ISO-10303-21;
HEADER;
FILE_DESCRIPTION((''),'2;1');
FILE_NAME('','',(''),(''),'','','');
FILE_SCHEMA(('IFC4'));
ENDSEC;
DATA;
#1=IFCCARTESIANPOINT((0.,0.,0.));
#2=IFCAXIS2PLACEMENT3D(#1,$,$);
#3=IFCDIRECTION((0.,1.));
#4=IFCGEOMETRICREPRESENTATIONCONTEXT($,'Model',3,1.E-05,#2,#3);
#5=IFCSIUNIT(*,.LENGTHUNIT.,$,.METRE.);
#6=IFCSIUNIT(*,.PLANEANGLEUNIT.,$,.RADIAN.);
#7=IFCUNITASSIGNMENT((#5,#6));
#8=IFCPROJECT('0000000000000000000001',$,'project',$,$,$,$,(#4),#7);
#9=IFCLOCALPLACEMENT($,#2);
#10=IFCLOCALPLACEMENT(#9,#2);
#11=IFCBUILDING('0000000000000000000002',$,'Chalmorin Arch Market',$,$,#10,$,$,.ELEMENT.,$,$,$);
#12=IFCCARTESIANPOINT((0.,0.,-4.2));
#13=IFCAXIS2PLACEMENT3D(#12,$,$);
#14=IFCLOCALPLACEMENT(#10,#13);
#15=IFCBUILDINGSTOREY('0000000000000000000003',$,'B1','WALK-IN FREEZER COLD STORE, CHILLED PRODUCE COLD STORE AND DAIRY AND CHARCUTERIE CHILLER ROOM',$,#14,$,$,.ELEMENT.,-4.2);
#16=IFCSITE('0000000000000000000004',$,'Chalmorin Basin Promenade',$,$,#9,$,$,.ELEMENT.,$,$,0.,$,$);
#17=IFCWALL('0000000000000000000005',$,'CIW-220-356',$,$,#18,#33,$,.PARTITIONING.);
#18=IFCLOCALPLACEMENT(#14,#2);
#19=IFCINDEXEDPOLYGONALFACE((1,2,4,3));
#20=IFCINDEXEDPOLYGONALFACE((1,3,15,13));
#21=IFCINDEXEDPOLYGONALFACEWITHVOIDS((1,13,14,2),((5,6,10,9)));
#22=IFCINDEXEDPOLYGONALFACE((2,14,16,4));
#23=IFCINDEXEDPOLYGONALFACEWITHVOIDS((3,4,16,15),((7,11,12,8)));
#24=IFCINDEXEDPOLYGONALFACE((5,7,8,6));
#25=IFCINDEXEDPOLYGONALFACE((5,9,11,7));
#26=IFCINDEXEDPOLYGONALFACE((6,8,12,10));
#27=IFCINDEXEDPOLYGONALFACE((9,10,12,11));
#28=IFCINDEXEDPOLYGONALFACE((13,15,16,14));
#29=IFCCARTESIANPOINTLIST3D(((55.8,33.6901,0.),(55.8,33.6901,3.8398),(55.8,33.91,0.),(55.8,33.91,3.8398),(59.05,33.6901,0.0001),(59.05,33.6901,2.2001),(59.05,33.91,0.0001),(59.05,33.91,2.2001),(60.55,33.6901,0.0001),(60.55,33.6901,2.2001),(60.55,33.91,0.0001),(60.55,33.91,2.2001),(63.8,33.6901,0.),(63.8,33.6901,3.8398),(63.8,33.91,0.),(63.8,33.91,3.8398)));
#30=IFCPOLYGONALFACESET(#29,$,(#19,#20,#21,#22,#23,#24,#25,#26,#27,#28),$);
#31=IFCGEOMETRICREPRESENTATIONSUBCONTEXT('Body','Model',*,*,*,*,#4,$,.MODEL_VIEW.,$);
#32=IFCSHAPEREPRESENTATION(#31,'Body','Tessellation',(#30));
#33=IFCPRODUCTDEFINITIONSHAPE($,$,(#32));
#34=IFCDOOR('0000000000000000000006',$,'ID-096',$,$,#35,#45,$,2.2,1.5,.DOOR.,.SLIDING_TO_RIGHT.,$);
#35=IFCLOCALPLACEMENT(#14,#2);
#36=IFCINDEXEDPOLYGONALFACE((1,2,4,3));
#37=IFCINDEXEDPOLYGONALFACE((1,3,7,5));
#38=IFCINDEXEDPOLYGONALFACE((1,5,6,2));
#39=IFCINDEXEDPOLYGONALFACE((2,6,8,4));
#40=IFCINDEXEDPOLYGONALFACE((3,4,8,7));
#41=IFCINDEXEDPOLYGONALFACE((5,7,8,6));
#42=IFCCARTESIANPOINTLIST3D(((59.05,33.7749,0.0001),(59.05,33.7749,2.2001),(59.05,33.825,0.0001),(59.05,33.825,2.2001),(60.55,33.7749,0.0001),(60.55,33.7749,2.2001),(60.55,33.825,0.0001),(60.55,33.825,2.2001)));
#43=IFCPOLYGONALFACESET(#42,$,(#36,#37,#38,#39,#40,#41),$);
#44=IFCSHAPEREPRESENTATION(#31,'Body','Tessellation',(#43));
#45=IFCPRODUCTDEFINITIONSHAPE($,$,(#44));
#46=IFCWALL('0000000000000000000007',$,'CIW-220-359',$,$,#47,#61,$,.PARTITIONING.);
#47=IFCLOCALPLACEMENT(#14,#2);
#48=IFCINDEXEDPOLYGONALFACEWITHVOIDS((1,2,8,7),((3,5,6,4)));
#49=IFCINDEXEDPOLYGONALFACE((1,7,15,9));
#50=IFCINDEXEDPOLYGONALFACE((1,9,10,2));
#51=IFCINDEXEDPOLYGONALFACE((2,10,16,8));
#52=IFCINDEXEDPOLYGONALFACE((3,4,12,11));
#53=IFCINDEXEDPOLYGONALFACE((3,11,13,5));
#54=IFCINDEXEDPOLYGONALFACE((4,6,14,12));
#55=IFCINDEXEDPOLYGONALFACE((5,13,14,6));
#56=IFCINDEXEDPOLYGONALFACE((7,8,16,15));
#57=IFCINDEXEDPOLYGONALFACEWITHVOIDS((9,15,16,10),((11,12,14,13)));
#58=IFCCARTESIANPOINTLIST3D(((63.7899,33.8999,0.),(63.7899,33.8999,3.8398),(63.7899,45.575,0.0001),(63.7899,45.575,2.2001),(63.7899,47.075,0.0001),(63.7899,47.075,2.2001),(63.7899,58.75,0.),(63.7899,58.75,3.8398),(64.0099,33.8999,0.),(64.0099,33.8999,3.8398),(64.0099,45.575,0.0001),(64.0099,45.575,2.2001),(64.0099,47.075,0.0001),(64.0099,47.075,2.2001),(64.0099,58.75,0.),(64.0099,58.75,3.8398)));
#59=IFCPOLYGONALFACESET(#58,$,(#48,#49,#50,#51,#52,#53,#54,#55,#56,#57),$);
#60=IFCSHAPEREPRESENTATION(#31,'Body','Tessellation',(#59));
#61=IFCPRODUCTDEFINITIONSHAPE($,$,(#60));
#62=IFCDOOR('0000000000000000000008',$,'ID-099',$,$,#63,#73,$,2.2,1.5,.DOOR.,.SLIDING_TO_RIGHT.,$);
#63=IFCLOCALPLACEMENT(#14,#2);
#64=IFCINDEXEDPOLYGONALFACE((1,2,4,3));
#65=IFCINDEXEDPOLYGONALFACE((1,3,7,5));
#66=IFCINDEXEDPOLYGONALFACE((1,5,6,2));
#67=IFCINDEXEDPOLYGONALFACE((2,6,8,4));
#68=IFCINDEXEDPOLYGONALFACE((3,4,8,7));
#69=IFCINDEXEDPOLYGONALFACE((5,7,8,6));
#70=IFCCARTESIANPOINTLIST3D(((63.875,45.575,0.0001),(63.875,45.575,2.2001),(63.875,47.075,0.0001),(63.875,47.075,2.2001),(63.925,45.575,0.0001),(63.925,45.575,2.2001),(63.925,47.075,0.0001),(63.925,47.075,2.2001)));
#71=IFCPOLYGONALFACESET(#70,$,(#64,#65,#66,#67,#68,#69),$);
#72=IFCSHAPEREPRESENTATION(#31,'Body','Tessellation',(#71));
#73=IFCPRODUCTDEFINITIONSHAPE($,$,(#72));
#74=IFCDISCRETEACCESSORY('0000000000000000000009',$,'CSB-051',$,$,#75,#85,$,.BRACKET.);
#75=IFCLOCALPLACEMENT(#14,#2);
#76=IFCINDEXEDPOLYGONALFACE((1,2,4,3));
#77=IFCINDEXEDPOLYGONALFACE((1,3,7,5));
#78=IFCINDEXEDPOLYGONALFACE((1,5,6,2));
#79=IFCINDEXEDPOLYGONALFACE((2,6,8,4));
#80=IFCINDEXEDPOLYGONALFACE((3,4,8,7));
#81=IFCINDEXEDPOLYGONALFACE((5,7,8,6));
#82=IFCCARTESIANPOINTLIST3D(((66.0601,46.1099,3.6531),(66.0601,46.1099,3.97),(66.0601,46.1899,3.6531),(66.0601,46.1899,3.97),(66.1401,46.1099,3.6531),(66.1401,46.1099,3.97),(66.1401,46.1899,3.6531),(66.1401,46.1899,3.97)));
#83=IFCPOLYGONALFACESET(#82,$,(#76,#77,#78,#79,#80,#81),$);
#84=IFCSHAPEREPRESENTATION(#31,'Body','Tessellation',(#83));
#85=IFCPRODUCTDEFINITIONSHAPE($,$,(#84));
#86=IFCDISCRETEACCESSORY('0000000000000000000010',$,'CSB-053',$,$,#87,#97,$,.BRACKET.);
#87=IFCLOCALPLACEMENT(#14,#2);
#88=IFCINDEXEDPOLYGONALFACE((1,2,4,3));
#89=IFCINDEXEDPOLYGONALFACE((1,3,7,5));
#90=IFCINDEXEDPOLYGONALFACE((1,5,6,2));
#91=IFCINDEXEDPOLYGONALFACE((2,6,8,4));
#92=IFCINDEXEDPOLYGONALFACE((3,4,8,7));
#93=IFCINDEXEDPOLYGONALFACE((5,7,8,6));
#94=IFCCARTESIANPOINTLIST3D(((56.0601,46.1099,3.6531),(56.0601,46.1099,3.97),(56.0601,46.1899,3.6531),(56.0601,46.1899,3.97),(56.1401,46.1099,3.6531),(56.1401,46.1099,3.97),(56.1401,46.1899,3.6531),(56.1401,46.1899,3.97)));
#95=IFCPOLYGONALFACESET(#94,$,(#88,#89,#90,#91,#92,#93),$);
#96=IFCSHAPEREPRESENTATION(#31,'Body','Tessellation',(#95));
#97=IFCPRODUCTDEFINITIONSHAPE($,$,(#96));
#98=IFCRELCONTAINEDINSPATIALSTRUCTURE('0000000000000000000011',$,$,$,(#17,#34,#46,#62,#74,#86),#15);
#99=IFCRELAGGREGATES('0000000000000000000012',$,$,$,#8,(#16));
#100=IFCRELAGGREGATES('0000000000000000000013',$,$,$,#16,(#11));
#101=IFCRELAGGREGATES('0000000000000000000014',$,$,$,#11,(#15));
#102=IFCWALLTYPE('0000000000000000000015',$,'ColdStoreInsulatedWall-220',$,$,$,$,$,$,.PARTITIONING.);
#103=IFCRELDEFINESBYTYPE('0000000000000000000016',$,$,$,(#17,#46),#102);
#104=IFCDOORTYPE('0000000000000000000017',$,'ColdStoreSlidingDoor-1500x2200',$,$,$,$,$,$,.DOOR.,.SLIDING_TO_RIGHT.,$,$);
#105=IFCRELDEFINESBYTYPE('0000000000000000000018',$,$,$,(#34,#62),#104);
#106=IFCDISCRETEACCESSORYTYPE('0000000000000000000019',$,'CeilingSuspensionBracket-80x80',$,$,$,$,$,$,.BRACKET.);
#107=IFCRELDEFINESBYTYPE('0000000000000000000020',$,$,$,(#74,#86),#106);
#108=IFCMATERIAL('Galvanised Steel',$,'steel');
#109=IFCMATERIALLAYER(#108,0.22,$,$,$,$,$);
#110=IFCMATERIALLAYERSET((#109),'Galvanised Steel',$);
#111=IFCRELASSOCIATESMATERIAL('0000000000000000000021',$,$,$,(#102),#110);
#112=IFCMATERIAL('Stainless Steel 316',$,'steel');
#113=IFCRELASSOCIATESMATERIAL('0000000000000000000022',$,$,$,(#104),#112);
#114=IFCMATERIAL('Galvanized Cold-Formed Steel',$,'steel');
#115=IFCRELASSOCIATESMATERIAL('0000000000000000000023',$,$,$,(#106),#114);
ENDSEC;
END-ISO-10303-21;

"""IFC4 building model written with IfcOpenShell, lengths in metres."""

from ifc_helpers import new_model, si_unit, direction, frame, frame_2d, origin, origin_2d, place, context, subcontext, project, spatial, rectangle, extrude, material, layer, layer_set, type_object, element, fill, save


model = new_model("IFC4")

# Units and contexts
model_context = context("Model", 3, precision=1e-05, world=origin(), true_north=direction((0.0, 1.0)))
body_context = subcontext(model_context, "Body", "Model", "MODEL_VIEW")
ifc_project = project(units=[si_unit("LENGTHUNIT", "METRE"), si_unit("PLANEANGLEUNIT", "RADIAN")], contexts=[model_context])

# Site, building, storey
site_placement = place(None, origin())
site = spatial("IfcSite", under=ifc_project, at=site_placement, Name="Chalmorin Basin Promenade", CompositionType="ELEMENT", RefElevation=0.0)
building_placement = place(site_placement, origin())
building = spatial("IfcBuilding", under=site, at=building_placement, Name="Chalmorin Arch Market", CompositionType="ELEMENT")
storey_placement = place(building_placement, frame((0.0, 0.0, -4.2)))
storey = spatial("IfcBuildingStorey", under=building, at=storey_placement, Name="B1", Description="WALK-IN FREEZER COLD STORE, CHILLED PRODUCE COLD STORE AND DAIRY AND CHARCUTERIE CHILLER ROOM", CompositionType="ELEMENT", Elevation=-4.2)

# Walls, openings, doors
ifc_material_1 = material(Name="Galvanised Steel", Category="steel")
ifc_layer_1 = layer(ifc_material_1, 0.22)
ifc_layer_set_1 = layer_set([ifc_layer_1], Name="Galvanised Steel")
wall_type_1 = type_object("IfcWallType", Name="ColdStoreInsulatedWall-220", PredefinedType="PARTITIONING", material=ifc_layer_set_1)
wall_1_placement = place(storey_placement, frame((55.8, 33.8, 0.0), z_axis=(0.0, 0.0, 1.0), x_axis=(1.0, 0.0, 0.0)))
wall_1 = element("IfcWall", 1, at=wall_1_placement, inside=storey, type_object=wall_type_1, Name="CIW-220-356", PredefinedType="PARTITIONING", context=body_context, shape_type="SweptSolid", body=[
    extrude(rectangle(XDim=8.0, YDim=0.22, at=frame_2d((4.0, 0.0))), origin(), (0.0, 0.0, 1.0), 3.8398),
])
opening_1_placement = place(wall_1_placement, frame((3.25, 0.0, 0.0)))
opening_1 = element("IfcOpeningElement", 2, at=opening_1_placement, cuts=wall_1, PredefinedType="OPENING", context=body_context, shape_type="SweptSolid", body=[
    extrude(rectangle(XDim=1.5, YDim=2.2, at=frame_2d((0.75, 1.1001))), frame((0.0, 0.1199, 0.0), z_axis=(0.0, -1.0, 0.0), x_axis=(1.0, 0.0, 0.0)), (0.0, 0.0, 1.0), 0.24),
])
ifc_material_2 = material(Name="Stainless Steel 316", Category="steel")
door_type_1 = type_object("IfcDoorType", Name="ColdStoreSlidingDoor-1500x2200", OperationType="SLIDING_TO_RIGHT", PredefinedType="DOOR", material=ifc_material_2)
door_1_placement = place(opening_1_placement, origin())
door_1 = element("IfcDoor", 3, at=door_1_placement, inside=storey, type_object=door_type_1, Name="ID-096", OperationType="SLIDING_TO_RIGHT", OverallHeight=2.2, OverallWidth=1.5, PredefinedType="DOOR", context=body_context, shape_type="SweptSolid", body=[
    extrude(rectangle(XDim=1.5, YDim=2.2, at=frame_2d((0.75, 1.1001))), frame((0.0, 0.0249, 0.0), z_axis=(0.0, -1.0, 0.0), x_axis=(1.0, 0.0, 0.0)), (0.0, 0.0, 1.0), 0.05),
])
fill(opening_1, door_1)
wall_2_placement = place(storey_placement, frame((63.8999, 33.8999, 0.0), z_axis=(0.0, 0.0, 1.0), x_axis=(0.0, 1.0, 0.0)))
wall_2 = element("IfcWall", 4, at=wall_2_placement, inside=storey, type_object=wall_type_1, Name="CIW-220-359", PredefinedType="PARTITIONING", context=body_context, shape_type="SweptSolid", body=[
    extrude(rectangle(XDim=24.8501, YDim=0.22, at=frame_2d((12.425, 0.0))), origin(), (0.0, 0.0, 1.0), 3.8398),
])
opening_2_placement = place(wall_2_placement, frame((11.675, 0.0, 0.0)))
opening_2 = element("IfcOpeningElement", 5, at=opening_2_placement, cuts=wall_2, PredefinedType="OPENING", context=body_context, shape_type="SweptSolid", body=[
    extrude(rectangle(XDim=1.5, YDim=2.2, at=frame_2d((0.75, 1.1001))), frame((0.0, 0.1199, 0.0), z_axis=(0.0, -1.0, 0.0), x_axis=(1.0, 0.0, 0.0)), (0.0, 0.0, 1.0), 0.24),
])
door_2_placement = place(opening_2_placement, origin())
door_2 = element("IfcDoor", 6, at=door_2_placement, inside=storey, type_object=door_type_1, Name="ID-099", OperationType="SLIDING_TO_RIGHT", OverallHeight=2.2, OverallWidth=1.5, PredefinedType="DOOR", context=body_context, shape_type="SweptSolid", body=[
    extrude(rectangle(XDim=1.5, YDim=2.2, at=frame_2d((0.75, 1.1001))), frame((0.0, 0.0249, 0.0), z_axis=(0.0, -1.0, 0.0), x_axis=(1.0, 0.0, 0.0)), (0.0, 0.0, 1.0), 0.05),
])
fill(opening_2, door_2)

# Discrete accessories
ifc_material_3 = material(Name="Galvanized Cold-Formed Steel", Category="steel")
discrete_accessory_type = type_object("IfcDiscreteAccessoryType", Name="CeilingSuspensionBracket-80x80", PredefinedType="BRACKET", material=ifc_material_3)
for number, where, z_axis, x_axis, name in (
    (7, (66.1001, 46.1499, 3.6531), (0.0, 0.0, 1.0), (1.0, 0.0, 0.0), "CSB-051"),
    (8, (56.1001, 46.1499, 3.6531), (0.0, 0.0, 1.0), (1.0, 0.0, 0.0), "CSB-053"),
):
    element("IfcDiscreteAccessory", number, at=place(storey_placement, frame(where, z_axis=z_axis, x_axis=x_axis)), inside=storey, type_object=discrete_accessory_type, Name=name, PredefinedType="BRACKET", context=body_context, shape_type="SweptSolid", body=[
        extrude(rectangle(XDim=0.0801, YDim=0.0801, at=origin_2d()), origin(), (0.0, 0.0, 1.0), 0.3169),
    ])

save(model, "model.ifc")
